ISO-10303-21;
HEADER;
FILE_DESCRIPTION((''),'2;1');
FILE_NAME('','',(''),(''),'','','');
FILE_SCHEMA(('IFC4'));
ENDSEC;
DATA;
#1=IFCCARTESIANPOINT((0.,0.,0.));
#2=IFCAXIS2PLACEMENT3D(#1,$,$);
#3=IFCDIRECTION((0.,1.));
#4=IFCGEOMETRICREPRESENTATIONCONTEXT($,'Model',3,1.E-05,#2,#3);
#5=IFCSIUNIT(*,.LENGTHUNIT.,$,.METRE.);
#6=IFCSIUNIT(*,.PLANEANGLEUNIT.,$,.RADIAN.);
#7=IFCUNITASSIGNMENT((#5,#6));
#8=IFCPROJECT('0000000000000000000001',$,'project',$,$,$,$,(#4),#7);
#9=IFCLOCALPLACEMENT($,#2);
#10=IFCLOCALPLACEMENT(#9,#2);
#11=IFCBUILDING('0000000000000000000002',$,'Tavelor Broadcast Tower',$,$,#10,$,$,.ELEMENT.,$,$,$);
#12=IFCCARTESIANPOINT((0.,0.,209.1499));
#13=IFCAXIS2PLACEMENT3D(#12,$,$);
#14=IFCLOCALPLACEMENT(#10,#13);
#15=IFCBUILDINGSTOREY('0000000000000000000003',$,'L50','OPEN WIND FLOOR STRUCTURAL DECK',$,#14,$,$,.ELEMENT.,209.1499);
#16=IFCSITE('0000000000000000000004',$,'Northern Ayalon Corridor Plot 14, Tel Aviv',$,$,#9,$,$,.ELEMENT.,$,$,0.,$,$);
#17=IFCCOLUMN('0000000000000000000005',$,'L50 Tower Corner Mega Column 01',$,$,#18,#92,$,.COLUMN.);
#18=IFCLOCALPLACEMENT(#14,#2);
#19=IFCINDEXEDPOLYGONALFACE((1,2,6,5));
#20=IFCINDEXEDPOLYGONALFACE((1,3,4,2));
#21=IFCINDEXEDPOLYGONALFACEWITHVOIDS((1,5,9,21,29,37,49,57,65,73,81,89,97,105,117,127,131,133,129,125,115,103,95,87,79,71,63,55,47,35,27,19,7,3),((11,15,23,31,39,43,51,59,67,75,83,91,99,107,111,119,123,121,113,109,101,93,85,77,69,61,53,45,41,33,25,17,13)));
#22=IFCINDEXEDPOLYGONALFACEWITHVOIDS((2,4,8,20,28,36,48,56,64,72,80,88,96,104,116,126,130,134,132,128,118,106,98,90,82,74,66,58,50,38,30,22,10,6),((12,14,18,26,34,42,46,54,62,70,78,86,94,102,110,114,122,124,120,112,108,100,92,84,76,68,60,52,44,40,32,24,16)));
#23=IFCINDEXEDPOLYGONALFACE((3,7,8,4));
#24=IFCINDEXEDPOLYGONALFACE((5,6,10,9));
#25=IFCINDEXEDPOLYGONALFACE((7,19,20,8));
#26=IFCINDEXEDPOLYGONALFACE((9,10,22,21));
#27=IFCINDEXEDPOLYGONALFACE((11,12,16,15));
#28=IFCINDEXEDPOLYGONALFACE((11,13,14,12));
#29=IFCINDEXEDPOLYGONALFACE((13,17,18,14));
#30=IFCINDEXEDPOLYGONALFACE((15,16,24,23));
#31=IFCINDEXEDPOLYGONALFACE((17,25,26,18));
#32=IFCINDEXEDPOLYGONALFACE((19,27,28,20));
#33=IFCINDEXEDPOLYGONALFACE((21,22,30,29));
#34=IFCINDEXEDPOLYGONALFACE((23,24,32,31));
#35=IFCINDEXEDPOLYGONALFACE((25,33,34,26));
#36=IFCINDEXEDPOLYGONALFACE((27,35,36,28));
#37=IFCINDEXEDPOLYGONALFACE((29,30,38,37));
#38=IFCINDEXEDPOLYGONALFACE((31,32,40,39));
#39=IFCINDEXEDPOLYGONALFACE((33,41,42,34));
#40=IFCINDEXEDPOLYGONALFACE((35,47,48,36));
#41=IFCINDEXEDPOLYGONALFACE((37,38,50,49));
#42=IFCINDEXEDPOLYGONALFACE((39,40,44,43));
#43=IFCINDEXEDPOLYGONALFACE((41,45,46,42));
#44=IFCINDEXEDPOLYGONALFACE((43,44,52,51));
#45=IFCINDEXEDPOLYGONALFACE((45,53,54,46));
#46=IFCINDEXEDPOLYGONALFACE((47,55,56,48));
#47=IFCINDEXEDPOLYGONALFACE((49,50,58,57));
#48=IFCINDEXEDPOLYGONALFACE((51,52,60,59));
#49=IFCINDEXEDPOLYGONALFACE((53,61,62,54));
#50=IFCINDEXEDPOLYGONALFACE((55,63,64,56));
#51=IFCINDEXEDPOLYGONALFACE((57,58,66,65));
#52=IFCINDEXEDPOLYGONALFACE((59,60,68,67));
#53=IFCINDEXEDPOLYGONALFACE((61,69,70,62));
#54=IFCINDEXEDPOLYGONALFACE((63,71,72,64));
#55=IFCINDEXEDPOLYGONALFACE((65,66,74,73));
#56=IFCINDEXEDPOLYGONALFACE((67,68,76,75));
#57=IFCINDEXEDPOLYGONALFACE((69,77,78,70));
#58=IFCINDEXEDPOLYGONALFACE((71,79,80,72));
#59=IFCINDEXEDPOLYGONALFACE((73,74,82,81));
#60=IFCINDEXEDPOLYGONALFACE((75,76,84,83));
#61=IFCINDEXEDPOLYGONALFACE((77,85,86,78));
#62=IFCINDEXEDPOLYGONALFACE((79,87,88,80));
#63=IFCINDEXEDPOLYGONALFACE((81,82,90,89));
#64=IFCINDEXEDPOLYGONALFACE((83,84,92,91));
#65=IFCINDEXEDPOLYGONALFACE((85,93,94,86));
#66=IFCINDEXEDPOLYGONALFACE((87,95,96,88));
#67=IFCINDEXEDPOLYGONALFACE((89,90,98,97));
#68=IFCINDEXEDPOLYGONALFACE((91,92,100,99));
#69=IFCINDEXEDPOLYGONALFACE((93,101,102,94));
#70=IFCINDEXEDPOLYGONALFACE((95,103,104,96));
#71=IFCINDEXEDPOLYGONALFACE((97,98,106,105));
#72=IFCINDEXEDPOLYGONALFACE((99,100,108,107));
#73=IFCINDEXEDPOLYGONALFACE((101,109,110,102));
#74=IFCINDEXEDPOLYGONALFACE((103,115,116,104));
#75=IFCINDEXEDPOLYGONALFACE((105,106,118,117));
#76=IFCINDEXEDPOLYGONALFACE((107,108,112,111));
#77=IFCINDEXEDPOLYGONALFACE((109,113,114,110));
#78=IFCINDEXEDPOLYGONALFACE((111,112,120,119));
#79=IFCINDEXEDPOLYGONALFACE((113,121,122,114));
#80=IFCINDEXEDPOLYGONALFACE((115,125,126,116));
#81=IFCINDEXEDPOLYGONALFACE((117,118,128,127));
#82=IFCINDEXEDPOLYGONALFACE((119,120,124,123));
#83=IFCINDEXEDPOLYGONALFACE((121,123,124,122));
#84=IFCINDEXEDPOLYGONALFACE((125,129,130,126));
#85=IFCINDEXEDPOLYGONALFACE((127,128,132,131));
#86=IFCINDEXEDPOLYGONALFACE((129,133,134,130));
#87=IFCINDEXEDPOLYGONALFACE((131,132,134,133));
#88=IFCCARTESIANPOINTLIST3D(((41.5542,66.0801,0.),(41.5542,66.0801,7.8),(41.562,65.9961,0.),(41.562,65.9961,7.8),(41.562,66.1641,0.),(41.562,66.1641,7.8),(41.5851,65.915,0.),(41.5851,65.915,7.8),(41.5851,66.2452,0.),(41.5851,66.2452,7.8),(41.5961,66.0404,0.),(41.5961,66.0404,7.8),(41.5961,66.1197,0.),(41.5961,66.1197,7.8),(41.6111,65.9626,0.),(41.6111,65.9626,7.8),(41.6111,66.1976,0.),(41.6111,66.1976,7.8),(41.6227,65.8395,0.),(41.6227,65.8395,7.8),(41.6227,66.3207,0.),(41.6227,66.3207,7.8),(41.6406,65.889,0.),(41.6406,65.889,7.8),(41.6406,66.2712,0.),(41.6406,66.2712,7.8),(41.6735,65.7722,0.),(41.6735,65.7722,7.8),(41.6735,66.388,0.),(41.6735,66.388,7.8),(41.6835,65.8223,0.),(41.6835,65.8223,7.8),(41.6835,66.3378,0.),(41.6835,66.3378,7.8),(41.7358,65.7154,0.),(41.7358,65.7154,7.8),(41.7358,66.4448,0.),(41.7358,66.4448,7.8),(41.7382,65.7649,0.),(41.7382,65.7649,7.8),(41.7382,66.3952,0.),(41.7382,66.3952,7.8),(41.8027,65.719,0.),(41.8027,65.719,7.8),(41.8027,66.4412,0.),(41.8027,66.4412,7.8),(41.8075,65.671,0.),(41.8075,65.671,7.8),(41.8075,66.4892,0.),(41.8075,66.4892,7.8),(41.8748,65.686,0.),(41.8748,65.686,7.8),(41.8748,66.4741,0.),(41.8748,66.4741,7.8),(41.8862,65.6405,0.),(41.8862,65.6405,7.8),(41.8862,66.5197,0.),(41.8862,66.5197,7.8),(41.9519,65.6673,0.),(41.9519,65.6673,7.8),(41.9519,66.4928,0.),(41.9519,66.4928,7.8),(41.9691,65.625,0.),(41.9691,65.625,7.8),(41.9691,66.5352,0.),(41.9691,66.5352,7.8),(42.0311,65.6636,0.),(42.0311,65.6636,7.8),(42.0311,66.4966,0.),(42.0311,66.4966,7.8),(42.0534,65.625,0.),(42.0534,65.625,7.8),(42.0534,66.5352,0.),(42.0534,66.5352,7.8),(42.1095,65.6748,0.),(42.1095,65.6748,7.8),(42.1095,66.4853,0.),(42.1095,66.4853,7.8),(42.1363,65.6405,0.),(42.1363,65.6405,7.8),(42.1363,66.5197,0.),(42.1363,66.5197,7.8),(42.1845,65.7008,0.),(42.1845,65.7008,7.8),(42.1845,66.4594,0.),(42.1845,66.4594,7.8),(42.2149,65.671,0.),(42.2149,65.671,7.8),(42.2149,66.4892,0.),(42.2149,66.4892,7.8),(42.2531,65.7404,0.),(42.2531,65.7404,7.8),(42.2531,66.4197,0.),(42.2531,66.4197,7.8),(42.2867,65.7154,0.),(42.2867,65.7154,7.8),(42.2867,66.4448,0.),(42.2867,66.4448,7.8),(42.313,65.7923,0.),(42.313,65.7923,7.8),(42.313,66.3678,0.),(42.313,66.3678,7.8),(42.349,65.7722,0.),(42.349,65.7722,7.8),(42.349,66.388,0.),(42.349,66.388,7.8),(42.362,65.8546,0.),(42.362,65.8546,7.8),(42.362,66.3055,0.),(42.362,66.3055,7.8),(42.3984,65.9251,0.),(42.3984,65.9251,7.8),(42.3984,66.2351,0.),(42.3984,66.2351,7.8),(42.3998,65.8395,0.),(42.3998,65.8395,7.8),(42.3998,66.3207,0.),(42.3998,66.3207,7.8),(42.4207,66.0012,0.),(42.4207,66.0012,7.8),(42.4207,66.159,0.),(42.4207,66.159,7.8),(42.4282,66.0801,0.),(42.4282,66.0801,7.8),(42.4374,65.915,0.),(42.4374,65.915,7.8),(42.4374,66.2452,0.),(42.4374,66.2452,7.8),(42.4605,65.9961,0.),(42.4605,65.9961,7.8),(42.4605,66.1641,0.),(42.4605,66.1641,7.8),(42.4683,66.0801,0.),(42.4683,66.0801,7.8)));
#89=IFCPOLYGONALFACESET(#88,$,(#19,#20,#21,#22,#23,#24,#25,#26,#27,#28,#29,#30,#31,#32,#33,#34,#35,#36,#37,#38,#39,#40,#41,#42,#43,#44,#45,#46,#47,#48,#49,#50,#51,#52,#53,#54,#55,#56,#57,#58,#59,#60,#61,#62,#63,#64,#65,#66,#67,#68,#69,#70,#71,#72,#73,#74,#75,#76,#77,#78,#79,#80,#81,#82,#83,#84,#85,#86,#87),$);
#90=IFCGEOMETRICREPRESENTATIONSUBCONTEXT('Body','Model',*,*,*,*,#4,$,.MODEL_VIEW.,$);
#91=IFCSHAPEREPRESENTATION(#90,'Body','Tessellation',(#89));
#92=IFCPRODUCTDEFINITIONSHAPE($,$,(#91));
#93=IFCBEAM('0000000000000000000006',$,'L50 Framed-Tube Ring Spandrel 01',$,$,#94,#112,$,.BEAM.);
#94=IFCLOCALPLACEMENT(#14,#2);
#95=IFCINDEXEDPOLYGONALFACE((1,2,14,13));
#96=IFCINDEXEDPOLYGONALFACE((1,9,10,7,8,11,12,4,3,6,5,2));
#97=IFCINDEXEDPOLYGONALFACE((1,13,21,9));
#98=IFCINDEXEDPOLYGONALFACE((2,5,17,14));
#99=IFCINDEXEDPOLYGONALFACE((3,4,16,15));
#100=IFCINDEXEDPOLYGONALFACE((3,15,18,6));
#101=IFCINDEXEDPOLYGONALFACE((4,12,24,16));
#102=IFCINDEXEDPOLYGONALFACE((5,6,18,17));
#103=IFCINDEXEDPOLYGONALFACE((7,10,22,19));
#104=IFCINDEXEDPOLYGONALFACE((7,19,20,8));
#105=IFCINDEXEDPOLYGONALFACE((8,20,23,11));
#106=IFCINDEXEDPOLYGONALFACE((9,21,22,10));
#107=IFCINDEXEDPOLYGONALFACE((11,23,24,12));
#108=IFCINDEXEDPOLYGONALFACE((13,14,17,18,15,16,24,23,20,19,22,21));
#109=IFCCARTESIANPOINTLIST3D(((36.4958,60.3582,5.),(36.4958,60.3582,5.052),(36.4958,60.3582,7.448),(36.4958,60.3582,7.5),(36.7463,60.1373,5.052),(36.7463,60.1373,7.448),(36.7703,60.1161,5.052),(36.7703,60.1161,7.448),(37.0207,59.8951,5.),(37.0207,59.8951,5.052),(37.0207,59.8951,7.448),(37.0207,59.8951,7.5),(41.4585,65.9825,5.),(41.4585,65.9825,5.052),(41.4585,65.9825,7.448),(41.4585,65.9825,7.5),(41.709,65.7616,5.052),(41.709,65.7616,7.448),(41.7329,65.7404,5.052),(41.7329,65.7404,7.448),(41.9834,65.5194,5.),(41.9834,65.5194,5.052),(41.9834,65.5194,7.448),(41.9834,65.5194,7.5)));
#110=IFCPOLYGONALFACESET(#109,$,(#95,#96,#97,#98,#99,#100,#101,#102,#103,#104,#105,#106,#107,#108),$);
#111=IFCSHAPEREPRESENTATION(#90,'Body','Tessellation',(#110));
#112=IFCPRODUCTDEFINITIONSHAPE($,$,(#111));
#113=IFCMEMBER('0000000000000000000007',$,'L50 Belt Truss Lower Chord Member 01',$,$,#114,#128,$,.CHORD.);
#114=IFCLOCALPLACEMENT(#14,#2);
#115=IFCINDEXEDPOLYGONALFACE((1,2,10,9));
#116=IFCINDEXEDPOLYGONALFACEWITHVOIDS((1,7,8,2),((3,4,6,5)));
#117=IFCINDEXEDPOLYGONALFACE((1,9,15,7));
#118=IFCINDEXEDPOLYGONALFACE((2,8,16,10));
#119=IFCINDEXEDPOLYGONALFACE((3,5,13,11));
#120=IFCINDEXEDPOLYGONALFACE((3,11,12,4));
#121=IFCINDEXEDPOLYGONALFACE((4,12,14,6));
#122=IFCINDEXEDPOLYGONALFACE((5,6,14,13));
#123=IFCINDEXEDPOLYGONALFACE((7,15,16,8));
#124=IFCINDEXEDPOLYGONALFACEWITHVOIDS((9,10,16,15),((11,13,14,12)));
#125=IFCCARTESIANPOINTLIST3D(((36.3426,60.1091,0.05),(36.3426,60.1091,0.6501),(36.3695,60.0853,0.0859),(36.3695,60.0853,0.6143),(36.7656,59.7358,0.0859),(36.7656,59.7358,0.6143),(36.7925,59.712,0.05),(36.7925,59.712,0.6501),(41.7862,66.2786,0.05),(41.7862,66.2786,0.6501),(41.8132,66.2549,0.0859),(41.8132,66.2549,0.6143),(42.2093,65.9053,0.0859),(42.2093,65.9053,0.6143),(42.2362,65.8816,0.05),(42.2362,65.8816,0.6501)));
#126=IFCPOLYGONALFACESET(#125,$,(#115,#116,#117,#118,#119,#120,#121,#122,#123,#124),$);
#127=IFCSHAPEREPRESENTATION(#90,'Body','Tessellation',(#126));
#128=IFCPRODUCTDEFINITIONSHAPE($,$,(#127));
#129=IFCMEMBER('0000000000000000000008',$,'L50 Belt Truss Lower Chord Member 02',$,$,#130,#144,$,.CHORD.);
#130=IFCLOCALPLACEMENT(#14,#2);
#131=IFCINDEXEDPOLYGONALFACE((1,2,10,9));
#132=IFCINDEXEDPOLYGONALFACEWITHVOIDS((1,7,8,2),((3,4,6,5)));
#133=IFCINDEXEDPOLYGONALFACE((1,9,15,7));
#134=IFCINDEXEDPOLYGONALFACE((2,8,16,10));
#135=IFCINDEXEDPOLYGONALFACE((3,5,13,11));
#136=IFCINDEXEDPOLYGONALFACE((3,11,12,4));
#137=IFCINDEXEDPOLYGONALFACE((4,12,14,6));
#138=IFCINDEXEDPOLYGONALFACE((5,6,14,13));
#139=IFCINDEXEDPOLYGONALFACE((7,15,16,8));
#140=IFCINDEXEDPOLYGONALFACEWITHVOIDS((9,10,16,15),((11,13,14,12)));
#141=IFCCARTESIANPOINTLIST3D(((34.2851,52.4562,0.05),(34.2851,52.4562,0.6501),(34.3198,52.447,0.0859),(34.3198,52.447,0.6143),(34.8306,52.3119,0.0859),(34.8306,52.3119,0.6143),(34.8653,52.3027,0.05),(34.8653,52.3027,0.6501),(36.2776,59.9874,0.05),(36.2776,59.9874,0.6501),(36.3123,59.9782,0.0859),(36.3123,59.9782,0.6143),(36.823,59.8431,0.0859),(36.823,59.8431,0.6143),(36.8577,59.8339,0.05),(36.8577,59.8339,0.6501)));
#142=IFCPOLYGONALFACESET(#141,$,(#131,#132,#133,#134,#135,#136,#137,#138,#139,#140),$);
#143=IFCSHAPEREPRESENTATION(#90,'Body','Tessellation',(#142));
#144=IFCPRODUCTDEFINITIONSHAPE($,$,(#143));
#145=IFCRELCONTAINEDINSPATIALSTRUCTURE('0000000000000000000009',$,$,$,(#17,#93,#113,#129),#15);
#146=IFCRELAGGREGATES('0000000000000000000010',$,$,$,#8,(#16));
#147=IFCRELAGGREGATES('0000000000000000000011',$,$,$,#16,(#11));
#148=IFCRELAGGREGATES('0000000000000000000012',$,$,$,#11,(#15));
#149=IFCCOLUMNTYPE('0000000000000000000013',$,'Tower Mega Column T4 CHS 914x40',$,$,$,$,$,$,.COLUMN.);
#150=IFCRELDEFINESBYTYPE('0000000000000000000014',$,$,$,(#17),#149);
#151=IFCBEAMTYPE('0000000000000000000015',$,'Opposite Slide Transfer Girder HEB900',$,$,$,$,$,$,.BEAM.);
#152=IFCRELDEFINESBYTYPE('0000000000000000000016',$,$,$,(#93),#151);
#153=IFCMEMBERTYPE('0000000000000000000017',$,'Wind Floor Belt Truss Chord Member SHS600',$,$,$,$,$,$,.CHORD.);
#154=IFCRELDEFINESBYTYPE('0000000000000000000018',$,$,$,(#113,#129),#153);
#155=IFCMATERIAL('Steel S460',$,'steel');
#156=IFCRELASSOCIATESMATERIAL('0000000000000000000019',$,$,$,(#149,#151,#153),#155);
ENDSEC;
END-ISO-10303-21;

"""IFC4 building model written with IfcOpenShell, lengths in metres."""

from ifc_helpers import new_model, si_unit, direction, frame, origin, origin_2d, place, context, subcontext, project, spatial, hollow_rectangle, hollow_circle, i_section, extrude, material, material_profile, profile_set, type_object, element, save


model = new_model("IFC4")

# Units and contexts
model_context = context("Model", 3, precision=1e-05, world=origin(), true_north=direction((0.0, 1.0)))
body_context = subcontext(model_context, "Body", "Model", "MODEL_VIEW")
ifc_project = project(units=[si_unit("LENGTHUNIT", "METRE"), si_unit("PLANEANGLEUNIT", "RADIAN")], contexts=[model_context])

# Site, building, storey
site_placement = place(None, origin())
site = spatial("IfcSite", under=ifc_project, at=site_placement, Name="Northern Ayalon Corridor Plot 14, Tel Aviv", CompositionType="ELEMENT", RefElevation=0.0)
building_placement = place(site_placement, origin())
building = spatial("IfcBuilding", under=site, at=building_placement, Name="Tavelor Broadcast Tower", CompositionType="ELEMENT")
storey_placement = place(building_placement, frame((0.0, 0.0, 209.1499)))
storey = spatial("IfcBuildingStorey", under=building, at=storey_placement, Name="L50", Description="OPEN WIND FLOOR STRUCTURAL DECK", CompositionType="ELEMENT", Elevation=209.1499)

# Column
ifc_material_1 = material(Name="Steel S460", Category="steel")
ifc_material_profile_1 = material_profile(ifc_material_1, hollow_circle(Radius=0.457, WallThickness=0.04, at=origin_2d()), Name="CHS 914x40")
ifc_profile_set_1 = profile_set([ifc_material_profile_1], Name="Steel S460")
column_type = type_object("IfcColumnType", Name="Tower Mega Column T4 CHS 914x40", PredefinedType="COLUMN", material=ifc_profile_set_1)
column_placement = place(storey_placement, frame((42.0112, 66.0801, 0.0), z_axis=(0.0, 0.0, 1.0), x_axis=(1.0, 0.0, 0.0)))
element("IfcColumn", 1, at=column_placement, inside=storey, type_object=column_type, Name="L50 Tower Corner Mega Column 01", PredefinedType="COLUMN", context=body_context, shape_type="SweptSolid", body=[
    extrude(hollow_circle(Radius=0.457, WallThickness=0.04, at=origin_2d()), origin(), (0.0, 0.0, 1.0), 7.8),
])

# Beam
ifc_material_profile_2 = material_profile(ifc_material_1, i_section(OverallWidth=0.7, OverallDepth=2.5, WebThickness=0.032, FlangeThickness=0.052, at=origin_2d()), Name="PG 2500x700")
ifc_profile_set_2 = profile_set([ifc_material_profile_2], Name="Steel S460")
beam_type = type_object("IfcBeamType", Name="Opposite Slide Transfer Girder HEB900", PredefinedType="BEAM", material=ifc_profile_set_2)
beam_placement = place(storey_placement, frame((41.7209, 65.751, 6.25), z_axis=(-0.661626, -0.749834, 0.0), x_axis=(0.749834, -0.661626, 0.0)))
element("IfcBeam", 2, at=beam_placement, inside=storey, type_object=beam_type, Name="L50 Framed-Tube Ring Spandrel 01", PredefinedType="BEAM", context=body_context, shape_type="SweptSolid", body=[
    extrude(i_section(OverallWidth=0.7, OverallDepth=2.5, WebThickness=0.032, FlangeThickness=0.052, at=origin_2d()), origin(), (0.0, 0.0, 1.0), 7.5007),
])

# Members
ifc_material_profile_3 = material_profile(ifc_material_1, hollow_rectangle(XDim=0.6001, YDim=0.6001, WallThickness=0.0359, at=origin_2d()), Name="SHS 600x600x36")
ifc_profile_set_3 = profile_set([ifc_material_profile_3], Name="Steel S460")
member_type_1 = type_object("IfcMemberType", Name="Wind Floor Belt Truss Chord Member SHS600", PredefinedType="CHORD", material=ifc_profile_set_3)
member_1_placement = place(storey_placement, frame((42.0112, 66.0801, 0.3501), z_axis=(-0.661621, -0.749839, 0.0), x_axis=(0.749839, -0.661621, 0.0)))
element("IfcMember", 3, at=member_1_placement, inside=storey, type_object=member_type_1, Name="L50 Belt Truss Lower Chord Member 01", PredefinedType="CHORD", context=body_context, shape_type="SweptSolid", body=[
    extrude(hollow_rectangle(XDim=0.6001, YDim=0.6001, WallThickness=0.0359, at=origin_2d()), origin(), (0.0, 0.0, 1.0), 8.2278),
])
member_2_placement = place(storey_placement, frame((36.5676, 59.9106, 0.3501), z_axis=(-0.255756, -0.966741, 0.0), x_axis=(0.966741, -0.255756, 0.0)))
element("IfcMember", 4, at=member_2_placement, inside=storey, type_object=member_type_1, Name="L50 Belt Truss Lower Chord Member 02", PredefinedType="CHORD", context=body_context, shape_type="SweptSolid", body=[
    extrude(hollow_rectangle(XDim=0.6001, YDim=0.6001, WallThickness=0.0359, at=origin_2d()), origin(), (0.0, 0.0, 1.0), 7.7903),
])

save(model, "model.ifc")
